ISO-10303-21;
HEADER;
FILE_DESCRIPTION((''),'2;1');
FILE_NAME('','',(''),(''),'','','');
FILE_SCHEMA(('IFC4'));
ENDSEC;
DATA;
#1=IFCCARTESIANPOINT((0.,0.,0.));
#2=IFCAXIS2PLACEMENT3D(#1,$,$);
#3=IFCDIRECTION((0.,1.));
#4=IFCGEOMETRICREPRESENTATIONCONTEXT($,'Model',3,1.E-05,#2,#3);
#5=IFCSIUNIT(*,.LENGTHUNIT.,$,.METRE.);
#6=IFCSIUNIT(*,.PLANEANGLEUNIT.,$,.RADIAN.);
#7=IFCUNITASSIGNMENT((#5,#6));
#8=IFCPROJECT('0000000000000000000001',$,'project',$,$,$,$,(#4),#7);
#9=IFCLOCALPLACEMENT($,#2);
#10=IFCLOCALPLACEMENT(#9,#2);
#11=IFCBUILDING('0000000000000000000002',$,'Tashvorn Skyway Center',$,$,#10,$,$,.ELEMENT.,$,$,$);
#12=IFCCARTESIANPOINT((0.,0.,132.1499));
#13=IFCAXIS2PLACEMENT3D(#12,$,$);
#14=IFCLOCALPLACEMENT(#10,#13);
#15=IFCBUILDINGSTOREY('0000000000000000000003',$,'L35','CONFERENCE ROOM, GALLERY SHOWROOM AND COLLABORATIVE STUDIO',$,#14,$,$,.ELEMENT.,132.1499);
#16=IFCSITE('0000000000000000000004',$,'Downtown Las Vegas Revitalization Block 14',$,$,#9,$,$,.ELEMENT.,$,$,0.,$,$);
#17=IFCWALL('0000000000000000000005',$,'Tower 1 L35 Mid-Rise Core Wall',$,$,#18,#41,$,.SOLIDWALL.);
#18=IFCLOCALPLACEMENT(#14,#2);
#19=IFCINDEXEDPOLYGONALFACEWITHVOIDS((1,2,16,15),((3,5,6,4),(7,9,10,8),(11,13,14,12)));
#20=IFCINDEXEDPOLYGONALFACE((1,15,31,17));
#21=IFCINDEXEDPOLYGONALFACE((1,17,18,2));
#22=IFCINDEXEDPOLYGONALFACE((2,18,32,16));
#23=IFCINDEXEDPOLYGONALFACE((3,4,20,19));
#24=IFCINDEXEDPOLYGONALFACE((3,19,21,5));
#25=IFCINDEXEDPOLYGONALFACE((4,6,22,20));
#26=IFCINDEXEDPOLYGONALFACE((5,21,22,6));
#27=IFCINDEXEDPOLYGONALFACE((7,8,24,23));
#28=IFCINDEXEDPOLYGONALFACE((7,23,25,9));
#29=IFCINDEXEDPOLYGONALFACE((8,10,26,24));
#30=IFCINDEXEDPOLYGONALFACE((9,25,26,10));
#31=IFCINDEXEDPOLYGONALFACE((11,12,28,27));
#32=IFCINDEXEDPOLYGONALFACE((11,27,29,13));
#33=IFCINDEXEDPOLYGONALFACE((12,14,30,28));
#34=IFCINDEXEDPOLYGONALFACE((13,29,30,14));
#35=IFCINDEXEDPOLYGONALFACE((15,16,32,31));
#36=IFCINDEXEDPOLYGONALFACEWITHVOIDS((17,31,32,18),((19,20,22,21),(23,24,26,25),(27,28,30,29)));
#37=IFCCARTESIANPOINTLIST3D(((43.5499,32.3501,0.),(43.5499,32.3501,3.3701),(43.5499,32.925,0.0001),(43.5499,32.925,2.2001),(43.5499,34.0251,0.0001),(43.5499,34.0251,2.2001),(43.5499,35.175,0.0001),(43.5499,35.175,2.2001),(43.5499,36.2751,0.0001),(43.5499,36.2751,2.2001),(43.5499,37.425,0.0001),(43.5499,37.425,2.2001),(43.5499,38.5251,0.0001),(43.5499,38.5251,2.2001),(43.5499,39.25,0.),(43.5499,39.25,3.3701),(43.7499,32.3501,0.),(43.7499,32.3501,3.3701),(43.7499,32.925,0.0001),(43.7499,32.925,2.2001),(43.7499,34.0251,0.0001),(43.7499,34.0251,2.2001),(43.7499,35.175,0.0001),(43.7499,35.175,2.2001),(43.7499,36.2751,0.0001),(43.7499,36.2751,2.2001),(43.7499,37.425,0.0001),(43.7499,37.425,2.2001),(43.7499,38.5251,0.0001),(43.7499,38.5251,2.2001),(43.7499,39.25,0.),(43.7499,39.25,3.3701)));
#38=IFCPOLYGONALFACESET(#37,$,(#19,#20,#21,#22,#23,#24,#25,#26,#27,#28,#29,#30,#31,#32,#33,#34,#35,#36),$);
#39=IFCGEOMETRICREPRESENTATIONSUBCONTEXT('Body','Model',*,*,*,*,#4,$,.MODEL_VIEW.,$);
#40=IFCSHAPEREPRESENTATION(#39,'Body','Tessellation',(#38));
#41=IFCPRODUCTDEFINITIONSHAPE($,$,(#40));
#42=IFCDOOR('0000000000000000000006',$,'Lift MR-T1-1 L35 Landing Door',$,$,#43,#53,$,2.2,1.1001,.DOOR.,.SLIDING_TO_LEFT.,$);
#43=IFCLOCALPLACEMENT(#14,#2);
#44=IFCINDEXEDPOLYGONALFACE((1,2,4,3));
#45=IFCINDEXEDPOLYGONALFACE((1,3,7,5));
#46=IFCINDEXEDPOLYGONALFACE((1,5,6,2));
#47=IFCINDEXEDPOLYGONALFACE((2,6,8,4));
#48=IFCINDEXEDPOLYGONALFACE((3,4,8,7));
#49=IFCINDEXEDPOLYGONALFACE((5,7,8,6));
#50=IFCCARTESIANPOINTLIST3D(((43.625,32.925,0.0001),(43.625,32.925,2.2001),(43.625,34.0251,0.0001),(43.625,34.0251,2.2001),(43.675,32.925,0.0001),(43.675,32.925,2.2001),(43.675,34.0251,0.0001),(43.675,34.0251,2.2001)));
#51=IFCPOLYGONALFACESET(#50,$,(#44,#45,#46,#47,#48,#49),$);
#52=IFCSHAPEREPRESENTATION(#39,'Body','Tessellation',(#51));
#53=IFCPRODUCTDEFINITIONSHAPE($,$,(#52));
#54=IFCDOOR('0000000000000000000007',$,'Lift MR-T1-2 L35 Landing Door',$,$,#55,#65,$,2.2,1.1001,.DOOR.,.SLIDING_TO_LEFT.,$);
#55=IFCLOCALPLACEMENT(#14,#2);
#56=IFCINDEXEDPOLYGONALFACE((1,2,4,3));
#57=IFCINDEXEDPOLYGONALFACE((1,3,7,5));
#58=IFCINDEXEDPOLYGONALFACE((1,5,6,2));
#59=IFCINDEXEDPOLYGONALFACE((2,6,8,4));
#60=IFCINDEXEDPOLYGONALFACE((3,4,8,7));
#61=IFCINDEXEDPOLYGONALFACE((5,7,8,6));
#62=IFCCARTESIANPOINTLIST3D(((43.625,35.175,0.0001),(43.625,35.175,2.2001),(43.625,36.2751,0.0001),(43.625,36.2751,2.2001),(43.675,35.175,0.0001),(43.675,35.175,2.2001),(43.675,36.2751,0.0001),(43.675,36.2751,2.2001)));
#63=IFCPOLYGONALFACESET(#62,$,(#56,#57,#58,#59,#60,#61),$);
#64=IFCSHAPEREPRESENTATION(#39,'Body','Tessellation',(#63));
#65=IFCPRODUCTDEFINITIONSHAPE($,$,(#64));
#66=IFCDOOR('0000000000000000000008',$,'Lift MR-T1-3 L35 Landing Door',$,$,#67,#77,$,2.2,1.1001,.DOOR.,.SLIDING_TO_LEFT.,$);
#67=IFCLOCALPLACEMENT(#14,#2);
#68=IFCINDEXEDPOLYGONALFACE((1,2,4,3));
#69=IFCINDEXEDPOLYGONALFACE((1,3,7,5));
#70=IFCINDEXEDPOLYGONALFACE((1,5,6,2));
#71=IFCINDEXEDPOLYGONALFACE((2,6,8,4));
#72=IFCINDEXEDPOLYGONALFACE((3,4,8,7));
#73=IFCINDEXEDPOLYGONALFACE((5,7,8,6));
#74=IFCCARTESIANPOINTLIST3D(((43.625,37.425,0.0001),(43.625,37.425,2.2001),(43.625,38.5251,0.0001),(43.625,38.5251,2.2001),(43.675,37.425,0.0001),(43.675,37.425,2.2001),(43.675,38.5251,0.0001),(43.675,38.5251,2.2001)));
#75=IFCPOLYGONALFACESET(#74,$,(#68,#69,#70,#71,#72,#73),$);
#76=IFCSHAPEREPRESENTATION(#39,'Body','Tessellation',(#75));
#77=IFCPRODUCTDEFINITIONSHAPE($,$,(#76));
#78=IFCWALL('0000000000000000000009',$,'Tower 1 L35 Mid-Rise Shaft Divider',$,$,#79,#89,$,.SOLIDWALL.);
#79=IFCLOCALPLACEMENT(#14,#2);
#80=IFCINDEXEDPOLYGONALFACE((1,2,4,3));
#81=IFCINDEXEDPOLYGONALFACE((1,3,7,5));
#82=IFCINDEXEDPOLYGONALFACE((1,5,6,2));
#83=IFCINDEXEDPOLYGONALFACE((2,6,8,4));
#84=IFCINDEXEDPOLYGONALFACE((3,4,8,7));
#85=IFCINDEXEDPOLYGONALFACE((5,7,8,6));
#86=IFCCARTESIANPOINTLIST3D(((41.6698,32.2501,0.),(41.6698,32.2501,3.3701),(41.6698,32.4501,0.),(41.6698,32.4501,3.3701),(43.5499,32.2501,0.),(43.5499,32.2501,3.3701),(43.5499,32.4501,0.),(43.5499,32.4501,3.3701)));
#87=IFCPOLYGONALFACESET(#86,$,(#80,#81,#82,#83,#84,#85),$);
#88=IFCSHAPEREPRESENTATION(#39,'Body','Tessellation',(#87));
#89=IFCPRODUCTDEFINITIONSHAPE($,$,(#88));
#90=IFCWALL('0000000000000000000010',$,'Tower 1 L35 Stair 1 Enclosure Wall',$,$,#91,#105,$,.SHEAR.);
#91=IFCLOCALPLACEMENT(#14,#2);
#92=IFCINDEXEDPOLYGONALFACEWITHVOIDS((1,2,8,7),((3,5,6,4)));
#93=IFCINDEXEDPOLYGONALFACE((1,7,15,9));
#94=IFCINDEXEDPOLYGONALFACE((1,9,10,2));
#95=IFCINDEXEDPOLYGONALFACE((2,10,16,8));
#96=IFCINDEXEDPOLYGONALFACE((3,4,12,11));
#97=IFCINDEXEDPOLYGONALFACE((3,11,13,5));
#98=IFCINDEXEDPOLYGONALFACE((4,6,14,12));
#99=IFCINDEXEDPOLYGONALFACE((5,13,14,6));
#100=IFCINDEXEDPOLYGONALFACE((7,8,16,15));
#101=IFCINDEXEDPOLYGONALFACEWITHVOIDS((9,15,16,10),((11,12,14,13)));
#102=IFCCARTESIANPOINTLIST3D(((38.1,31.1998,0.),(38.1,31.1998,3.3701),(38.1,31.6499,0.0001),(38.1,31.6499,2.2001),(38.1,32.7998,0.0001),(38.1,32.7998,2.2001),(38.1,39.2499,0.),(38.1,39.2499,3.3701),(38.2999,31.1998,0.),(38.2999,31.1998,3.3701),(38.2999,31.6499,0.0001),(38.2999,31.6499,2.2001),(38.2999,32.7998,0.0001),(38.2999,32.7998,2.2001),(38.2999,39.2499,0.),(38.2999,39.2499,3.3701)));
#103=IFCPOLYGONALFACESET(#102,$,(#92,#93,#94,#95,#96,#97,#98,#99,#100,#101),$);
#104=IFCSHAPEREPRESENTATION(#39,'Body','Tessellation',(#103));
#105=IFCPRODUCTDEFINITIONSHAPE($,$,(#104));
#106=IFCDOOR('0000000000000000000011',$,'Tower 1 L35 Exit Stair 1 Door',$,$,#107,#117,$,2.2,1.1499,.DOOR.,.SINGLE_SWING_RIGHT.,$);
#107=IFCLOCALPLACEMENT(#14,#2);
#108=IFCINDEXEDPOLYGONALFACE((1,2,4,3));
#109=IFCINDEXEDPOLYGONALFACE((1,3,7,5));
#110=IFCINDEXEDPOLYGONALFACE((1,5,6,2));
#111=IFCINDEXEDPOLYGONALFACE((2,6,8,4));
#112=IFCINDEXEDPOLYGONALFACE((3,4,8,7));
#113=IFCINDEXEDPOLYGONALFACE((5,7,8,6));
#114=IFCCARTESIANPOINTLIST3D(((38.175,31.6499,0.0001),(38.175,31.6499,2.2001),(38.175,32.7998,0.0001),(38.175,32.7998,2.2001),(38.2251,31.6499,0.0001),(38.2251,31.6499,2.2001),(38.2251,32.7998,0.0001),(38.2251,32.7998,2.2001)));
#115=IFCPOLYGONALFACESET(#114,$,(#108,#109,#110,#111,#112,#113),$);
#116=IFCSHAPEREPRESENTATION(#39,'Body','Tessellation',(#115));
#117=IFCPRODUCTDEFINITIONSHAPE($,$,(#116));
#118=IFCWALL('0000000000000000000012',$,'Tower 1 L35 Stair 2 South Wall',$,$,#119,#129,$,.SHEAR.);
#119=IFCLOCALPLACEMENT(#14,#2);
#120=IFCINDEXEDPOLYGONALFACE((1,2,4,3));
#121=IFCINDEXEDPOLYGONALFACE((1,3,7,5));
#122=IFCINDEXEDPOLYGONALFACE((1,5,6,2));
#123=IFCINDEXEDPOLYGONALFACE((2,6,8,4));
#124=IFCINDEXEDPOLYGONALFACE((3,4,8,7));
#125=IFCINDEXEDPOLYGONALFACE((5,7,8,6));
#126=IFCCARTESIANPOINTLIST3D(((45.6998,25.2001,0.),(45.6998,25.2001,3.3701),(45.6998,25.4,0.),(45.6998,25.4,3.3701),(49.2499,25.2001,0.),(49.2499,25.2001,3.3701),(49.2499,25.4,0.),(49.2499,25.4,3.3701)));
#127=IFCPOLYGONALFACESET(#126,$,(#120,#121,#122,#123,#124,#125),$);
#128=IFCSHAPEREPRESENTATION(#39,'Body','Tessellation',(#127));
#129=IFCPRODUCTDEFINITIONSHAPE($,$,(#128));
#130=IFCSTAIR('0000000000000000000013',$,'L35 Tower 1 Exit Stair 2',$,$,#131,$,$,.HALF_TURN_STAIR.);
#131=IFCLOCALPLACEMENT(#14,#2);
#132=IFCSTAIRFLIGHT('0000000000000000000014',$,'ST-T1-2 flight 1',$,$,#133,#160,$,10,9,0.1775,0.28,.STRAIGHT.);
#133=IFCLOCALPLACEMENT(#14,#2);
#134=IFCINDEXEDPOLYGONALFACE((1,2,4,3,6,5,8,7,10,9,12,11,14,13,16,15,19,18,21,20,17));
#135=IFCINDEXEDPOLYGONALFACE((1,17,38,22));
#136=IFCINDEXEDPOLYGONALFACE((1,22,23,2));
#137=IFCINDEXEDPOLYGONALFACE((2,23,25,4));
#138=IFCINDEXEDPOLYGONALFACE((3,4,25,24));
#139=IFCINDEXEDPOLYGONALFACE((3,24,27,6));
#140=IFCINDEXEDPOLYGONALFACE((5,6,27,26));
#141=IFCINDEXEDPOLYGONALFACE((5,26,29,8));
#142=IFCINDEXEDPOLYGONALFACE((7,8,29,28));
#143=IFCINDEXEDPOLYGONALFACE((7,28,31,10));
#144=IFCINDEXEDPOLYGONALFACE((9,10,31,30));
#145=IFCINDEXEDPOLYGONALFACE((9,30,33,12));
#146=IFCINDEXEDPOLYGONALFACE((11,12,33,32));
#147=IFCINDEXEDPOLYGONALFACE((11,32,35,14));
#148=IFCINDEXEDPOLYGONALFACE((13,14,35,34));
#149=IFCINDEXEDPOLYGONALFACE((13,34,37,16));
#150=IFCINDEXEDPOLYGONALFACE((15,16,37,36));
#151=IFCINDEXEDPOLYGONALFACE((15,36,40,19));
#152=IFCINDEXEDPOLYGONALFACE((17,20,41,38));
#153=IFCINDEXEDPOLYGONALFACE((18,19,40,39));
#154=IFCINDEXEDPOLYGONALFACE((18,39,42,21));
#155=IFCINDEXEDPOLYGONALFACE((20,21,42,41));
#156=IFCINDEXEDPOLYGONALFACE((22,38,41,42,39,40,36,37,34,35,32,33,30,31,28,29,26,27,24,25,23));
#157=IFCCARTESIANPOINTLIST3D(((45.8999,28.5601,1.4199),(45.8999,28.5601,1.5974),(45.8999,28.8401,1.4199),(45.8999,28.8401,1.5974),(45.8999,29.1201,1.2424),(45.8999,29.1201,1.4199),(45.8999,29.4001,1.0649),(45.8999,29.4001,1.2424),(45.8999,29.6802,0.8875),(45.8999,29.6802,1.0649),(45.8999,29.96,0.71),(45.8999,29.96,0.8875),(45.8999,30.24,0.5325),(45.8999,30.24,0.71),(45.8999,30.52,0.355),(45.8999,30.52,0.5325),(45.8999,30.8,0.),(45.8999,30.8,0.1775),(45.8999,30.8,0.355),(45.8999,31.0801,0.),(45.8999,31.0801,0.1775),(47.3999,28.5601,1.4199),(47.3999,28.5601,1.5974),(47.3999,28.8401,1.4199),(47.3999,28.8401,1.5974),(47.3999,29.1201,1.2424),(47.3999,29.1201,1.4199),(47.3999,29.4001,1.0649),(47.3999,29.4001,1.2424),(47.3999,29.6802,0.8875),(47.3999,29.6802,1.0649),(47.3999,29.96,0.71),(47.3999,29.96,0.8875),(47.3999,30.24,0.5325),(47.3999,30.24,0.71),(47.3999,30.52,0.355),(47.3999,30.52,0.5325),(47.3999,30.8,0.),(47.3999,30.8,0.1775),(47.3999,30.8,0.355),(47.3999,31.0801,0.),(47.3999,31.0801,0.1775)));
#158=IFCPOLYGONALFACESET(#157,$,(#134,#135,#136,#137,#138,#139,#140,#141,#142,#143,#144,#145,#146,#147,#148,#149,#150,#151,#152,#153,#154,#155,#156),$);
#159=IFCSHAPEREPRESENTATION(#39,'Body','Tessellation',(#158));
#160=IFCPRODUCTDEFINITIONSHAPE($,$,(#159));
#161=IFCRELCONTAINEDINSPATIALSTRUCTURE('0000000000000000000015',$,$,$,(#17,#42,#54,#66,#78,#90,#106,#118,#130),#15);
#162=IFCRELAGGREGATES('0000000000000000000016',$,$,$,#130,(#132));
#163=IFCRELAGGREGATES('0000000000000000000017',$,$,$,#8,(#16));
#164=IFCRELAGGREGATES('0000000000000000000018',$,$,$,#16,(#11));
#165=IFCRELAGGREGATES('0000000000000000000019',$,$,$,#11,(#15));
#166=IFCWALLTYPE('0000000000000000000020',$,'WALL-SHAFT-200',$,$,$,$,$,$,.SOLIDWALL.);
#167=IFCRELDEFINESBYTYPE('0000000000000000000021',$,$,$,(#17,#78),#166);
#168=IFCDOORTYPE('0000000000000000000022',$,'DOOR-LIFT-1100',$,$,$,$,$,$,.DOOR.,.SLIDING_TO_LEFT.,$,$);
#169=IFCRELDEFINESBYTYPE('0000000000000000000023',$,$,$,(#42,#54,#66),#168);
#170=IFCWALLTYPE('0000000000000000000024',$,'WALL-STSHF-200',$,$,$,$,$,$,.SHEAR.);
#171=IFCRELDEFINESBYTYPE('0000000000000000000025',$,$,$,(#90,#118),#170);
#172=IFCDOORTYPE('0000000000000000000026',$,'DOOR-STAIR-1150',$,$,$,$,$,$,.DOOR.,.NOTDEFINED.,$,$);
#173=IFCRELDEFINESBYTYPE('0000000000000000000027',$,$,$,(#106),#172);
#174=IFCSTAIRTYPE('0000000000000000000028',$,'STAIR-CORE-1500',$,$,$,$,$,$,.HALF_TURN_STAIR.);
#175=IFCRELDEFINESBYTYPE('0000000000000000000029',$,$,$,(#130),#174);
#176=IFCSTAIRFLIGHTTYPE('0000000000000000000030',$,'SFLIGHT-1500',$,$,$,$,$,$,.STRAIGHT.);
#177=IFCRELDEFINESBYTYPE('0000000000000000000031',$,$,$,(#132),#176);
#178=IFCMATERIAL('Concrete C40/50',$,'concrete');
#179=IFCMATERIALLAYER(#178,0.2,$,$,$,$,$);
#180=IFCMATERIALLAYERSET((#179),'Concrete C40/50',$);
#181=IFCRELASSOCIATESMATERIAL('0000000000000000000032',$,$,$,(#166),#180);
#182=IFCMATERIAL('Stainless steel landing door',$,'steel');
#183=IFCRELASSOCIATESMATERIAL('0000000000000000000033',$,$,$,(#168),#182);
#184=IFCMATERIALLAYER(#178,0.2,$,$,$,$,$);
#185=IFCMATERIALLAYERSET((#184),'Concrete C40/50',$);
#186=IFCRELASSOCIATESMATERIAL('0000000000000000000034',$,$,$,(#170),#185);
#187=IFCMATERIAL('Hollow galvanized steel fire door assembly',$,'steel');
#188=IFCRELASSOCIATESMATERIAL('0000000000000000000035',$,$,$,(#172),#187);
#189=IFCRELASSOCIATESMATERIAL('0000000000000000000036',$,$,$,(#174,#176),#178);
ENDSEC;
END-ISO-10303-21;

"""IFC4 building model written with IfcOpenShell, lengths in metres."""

from ifc_helpers import new_model, si_unit, direction, frame, frame_2d, origin, place, context, subcontext, project, spatial, polyline, rectangle, outline, extrude, material, layer, layer_set, type_object, element, fill, aggregate, save


model = new_model("IFC4")

# Units and contexts
model_context = context("Model", 3, precision=1e-05, world=origin(), true_north=direction((0.0, 1.0)))
body_context = subcontext(model_context, "Body", "Model", "MODEL_VIEW")
ifc_project = project(units=[si_unit("LENGTHUNIT", "METRE"), si_unit("PLANEANGLEUNIT", "RADIAN")], contexts=[model_context])

# Site, building, storey
site_placement = place(None, origin())
site = spatial("IfcSite", under=ifc_project, at=site_placement, Name="Downtown Las Vegas Revitalization Block 14", CompositionType="ELEMENT", RefElevation=0.0)
building_placement = place(site_placement, origin())
building = spatial("IfcBuilding", under=site, at=building_placement, Name="Tashvorn Skyway Center", CompositionType="ELEMENT")
storey_placement = place(building_placement, frame((0.0, 0.0, 132.1499)))
storey = spatial("IfcBuildingStorey", under=building, at=storey_placement, Name="L35", Description="CONFERENCE ROOM, GALLERY SHOWROOM AND COLLABORATIVE STUDIO", CompositionType="ELEMENT", Elevation=132.1499)

# Shared definitions
ifc_material_1 = material(Name="Concrete C40/50", Category="concrete")
ifc_material_2 = material(Name="Hollow galvanized steel fire door assembly", Category="steel")

# Wall, openings, doors
ifc_layer_1 = layer(ifc_material_1, 0.2)
ifc_layer_set_1 = layer_set([ifc_layer_1], Name="Concrete C40/50")
wall_type_1 = type_object("IfcWallType", Name="WALL-SHAFT-200", PredefinedType="SOLIDWALL", material=ifc_layer_set_1)
wall_1_placement = place(storey_placement, frame((43.6499, 32.3501, 0.0), z_axis=(0.0, 0.0, 1.0), x_axis=(0.0, 1.0, 0.0)))
wall_1 = element("IfcWall", 1, at=wall_1_placement, inside=storey, type_object=wall_type_1, Name="Tower 1 L35 Mid-Rise Core Wall", PredefinedType="SOLIDWALL", context=body_context, shape_type="SweptSolid", body=[
    extrude(rectangle(XDim=6.8999, YDim=0.2, at=frame_2d((3.45, 0.0))), origin(), (0.0, 0.0, 1.0), 3.3701),
])
opening_1_placement = place(wall_1_placement, frame((0.575, 0.0, 0.0)))
opening_1 = element("IfcOpeningElement", 2, at=opening_1_placement, cuts=wall_1, PredefinedType="OPENING", context=body_context, shape_type="SweptSolid", body=[
    extrude(rectangle(XDim=1.1001, YDim=2.2, at=frame_2d((0.55, 1.1001))), frame((0.0, 0.1099, 0.0), z_axis=(0.0, -1.0, 0.0), x_axis=(1.0, 0.0, 0.0)), (0.0, 0.0, 1.0), 0.22),
])
opening_2_placement = place(wall_1_placement, frame((2.825, 0.0, 0.0)))
opening_2 = element("IfcOpeningElement", 3, at=opening_2_placement, cuts=wall_1, PredefinedType="OPENING", context=body_context, shape_type="SweptSolid", body=[
    extrude(rectangle(XDim=1.1001, YDim=2.2, at=frame_2d((0.55, 1.1001))), frame((0.0, 0.1099, 0.0), z_axis=(0.0, -1.0, 0.0), x_axis=(1.0, 0.0, 0.0)), (0.0, 0.0, 1.0), 0.22),
])
opening_3_placement = place(wall_1_placement, frame((5.075, 0.0, 0.0)))
opening_3 = element("IfcOpeningElement", 4, at=opening_3_placement, cuts=wall_1, PredefinedType="OPENING", context=body_context, shape_type="SweptSolid", body=[
    extrude(rectangle(XDim=1.1001, YDim=2.2, at=frame_2d((0.55, 1.1001))), frame((0.0, 0.1099, 0.0), z_axis=(0.0, -1.0, 0.0), x_axis=(1.0, 0.0, 0.0)), (0.0, 0.0, 1.0), 0.22),
])
ifc_material_3 = material(Name="Stainless steel landing door", Category="steel")
door_type_1 = type_object("IfcDoorType", Name="DOOR-LIFT-1100", OperationType="SLIDING_TO_LEFT", PredefinedType="DOOR", material=ifc_material_3)
door_1_placement = place(opening_1_placement, origin())
door_1 = element("IfcDoor", 5, at=door_1_placement, inside=storey, type_object=door_type_1, Name="Lift MR-T1-1 L35 Landing Door", OperationType="SLIDING_TO_LEFT", OverallHeight=2.2, OverallWidth=1.1001, PredefinedType="DOOR", context=body_context, shape_type="SweptSolid", body=[
    extrude(rectangle(XDim=1.1001, YDim=2.2, at=frame_2d((0.55, 1.1001))), frame((0.0, 0.0249, 0.0), z_axis=(0.0, -1.0, 0.0), x_axis=(1.0, 0.0, 0.0)), (0.0, 0.0, 1.0), 0.05),
])
fill(opening_1, door_1)
door_2_placement = place(opening_2_placement, origin())
door_2 = element("IfcDoor", 6, at=door_2_placement, inside=storey, type_object=door_type_1, Name="Lift MR-T1-2 L35 Landing Door", OperationType="SLIDING_TO_LEFT", OverallHeight=2.2, OverallWidth=1.1001, PredefinedType="DOOR", context=body_context, shape_type="SweptSolid", body=[
    extrude(rectangle(XDim=1.1001, YDim=2.2, at=frame_2d((0.55, 1.1001))), frame((0.0, 0.0249, 0.0), z_axis=(0.0, -1.0, 0.0), x_axis=(1.0, 0.0, 0.0)), (0.0, 0.0, 1.0), 0.05),
])
fill(opening_2, door_2)
door_3_placement = place(opening_3_placement, origin())
door_3 = element("IfcDoor", 7, at=door_3_placement, inside=storey, type_object=door_type_1, Name="Lift MR-T1-3 L35 Landing Door", OperationType="SLIDING_TO_LEFT", OverallHeight=2.2, OverallWidth=1.1001, PredefinedType="DOOR", context=body_context, shape_type="SweptSolid", body=[
    extrude(rectangle(XDim=1.1001, YDim=2.2, at=frame_2d((0.55, 1.1001))), frame((0.0, 0.0249, 0.0), z_axis=(0.0, -1.0, 0.0), x_axis=(1.0, 0.0, 0.0)), (0.0, 0.0, 1.0), 0.05),
])
fill(opening_3, door_3)

# Wall
wall_2_placement = place(storey_placement, frame((41.6699, 32.3501, 0.0), z_axis=(0.0, 0.0, 1.0), x_axis=(1.0, 0.0, 0.0)))
element("IfcWall", 8, at=wall_2_placement, inside=storey, type_object=wall_type_1, Name="Tower 1 L35 Mid-Rise Shaft Divider", PredefinedType="SOLIDWALL", context=body_context, shape_type="SweptSolid", body=[
    extrude(rectangle(XDim=1.8801, YDim=0.2, at=frame_2d((0.9399, 0.0))), origin(), (0.0, 0.0, 1.0), 3.3701),
])

# Wall, opening, door
ifc_layer_2 = layer(ifc_material_1, 0.2)
ifc_layer_set_2 = layer_set([ifc_layer_2], Name="Concrete C40/50")
wall_type_2 = type_object("IfcWallType", Name="WALL-STSHF-200", PredefinedType="SHEAR", material=ifc_layer_set_2)
wall_3_placement = place(storey_placement, frame((38.2, 31.2, 0.0), z_axis=(0.0, 0.0, 1.0), x_axis=(0.0, 1.0, 0.0)))
wall_3 = element("IfcWall", 9, at=wall_3_placement, inside=storey, type_object=wall_type_2, Name="Tower 1 L35 Stair 1 Enclosure Wall", PredefinedType="SHEAR", context=body_context, shape_type="SweptSolid", body=[
    extrude(rectangle(XDim=8.05, YDim=0.2, at=frame_2d((4.0249, 0.0))), origin(), (0.0, 0.0, 1.0), 3.3701),
])
opening_4_placement = place(wall_3_placement, frame((0.45, 0.0, 0.0)))
opening_4 = element("IfcOpeningElement", 10, at=opening_4_placement, cuts=wall_3, PredefinedType="OPENING", context=body_context, shape_type="SweptSolid", body=[
    extrude(rectangle(XDim=1.1499, YDim=2.2, at=frame_2d((0.575, 1.1001))), frame((0.0, 0.1099, 0.0), z_axis=(0.0, -1.0, 0.0), x_axis=(1.0, 0.0, 0.0)), (0.0, 0.0, 1.0), 0.22),
])
door_type_2 = type_object("IfcDoorType", Name="DOOR-STAIR-1150", OperationType="NOTDEFINED", PredefinedType="DOOR", material=ifc_material_2)
door_4_placement = place(opening_4_placement, origin())
door_4 = element("IfcDoor", 11, at=door_4_placement, inside=storey, type_object=door_type_2, Name="Tower 1 L35 Exit Stair 1 Door", OperationType="SINGLE_SWING_RIGHT", OverallHeight=2.2, OverallWidth=1.1499, PredefinedType="DOOR", context=body_context, shape_type="SweptSolid", body=[
    extrude(rectangle(XDim=1.1499, YDim=2.2, at=frame_2d((0.575, 1.1001))), frame((0.0, 0.0249, 0.0), z_axis=(0.0, -1.0, 0.0), x_axis=(1.0, 0.0, 0.0)), (0.0, 0.0, 1.0), 0.05),
])
fill(opening_4, door_4)

# Wall
wall_4_placement = place(storey_placement, frame((45.7, 25.3, 0.0), z_axis=(0.0, 0.0, 1.0), x_axis=(1.0, 0.0, 0.0)))
element("IfcWall", 12, at=wall_4_placement, inside=storey, type_object=wall_type_2, Name="Tower 1 L35 Stair 2 South Wall", PredefinedType="SHEAR", context=body_context, shape_type="SweptSolid", body=[
    extrude(rectangle(XDim=3.55, YDim=0.2, at=frame_2d((1.7749, 0.0))), origin(), (0.0, 0.0, 1.0), 3.3701),
])

# Stair, stair flight
stair_type = type_object("IfcStairType", Name="STAIR-CORE-1500", PredefinedType="HALF_TURN_STAIR", material=ifc_material_1)
stair_placement = place(storey_placement, origin())
stair = element("IfcStair", 13, at=stair_placement, inside=storey, type_object=stair_type, Name="L35 Tower 1 Exit Stair 2", PredefinedType="HALF_TURN_STAIR")
stair_flight_type = type_object("IfcStairFlightType", Name="SFLIGHT-1500", PredefinedType="STRAIGHT", material=ifc_material_1)
stair_flight_1_placement = place(storey_placement, frame((46.6499, 31.0801, 0.0), z_axis=(0.0, 0.0, 1.0), x_axis=(0.0, -1.0, 0.0)))
stair_flight_1 = element("IfcStairFlight", 14, at=stair_flight_1_placement, type_object=stair_flight_type, Name="ST-T1-2 flight 1", NumberOfRisers=10, NumberOfTreads=9, PredefinedType="STRAIGHT", RiserHeight=0.1775, TreadLength=0.28, context=body_context, shape_type="SweptSolid", body=[
    extrude(outline(polyline([(0.0, 0.0), (0.0, 0.1775), (0.28, 0.1775), (0.28, 0.355), (0.5601, 0.355), (0.5601, 0.5325), (0.8401, 0.5325), (0.8401, 0.71), (1.1201, 0.71), (1.1201, 0.8875), (1.3999, 0.8875), (1.3999, 1.0649), (1.6799, 1.0649), (1.6799, 1.2424), (1.96, 1.2424), (1.96, 1.4199), (2.24, 1.4199), (2.24, 1.5974), (2.52, 1.5974), (2.52, 1.7749), (2.52, 1.4199), (0.28, 0.0), (0.0, 0.0)])), frame((0.0, 0.75, 0.0), z_axis=(0.0, -1.0, 0.0), x_axis=(1.0, 0.0, 0.0)), (0.0, 0.0, 1.0), 1.5),
])
aggregate(stair, [stair_flight_1])

save(model, "model.ifc")
